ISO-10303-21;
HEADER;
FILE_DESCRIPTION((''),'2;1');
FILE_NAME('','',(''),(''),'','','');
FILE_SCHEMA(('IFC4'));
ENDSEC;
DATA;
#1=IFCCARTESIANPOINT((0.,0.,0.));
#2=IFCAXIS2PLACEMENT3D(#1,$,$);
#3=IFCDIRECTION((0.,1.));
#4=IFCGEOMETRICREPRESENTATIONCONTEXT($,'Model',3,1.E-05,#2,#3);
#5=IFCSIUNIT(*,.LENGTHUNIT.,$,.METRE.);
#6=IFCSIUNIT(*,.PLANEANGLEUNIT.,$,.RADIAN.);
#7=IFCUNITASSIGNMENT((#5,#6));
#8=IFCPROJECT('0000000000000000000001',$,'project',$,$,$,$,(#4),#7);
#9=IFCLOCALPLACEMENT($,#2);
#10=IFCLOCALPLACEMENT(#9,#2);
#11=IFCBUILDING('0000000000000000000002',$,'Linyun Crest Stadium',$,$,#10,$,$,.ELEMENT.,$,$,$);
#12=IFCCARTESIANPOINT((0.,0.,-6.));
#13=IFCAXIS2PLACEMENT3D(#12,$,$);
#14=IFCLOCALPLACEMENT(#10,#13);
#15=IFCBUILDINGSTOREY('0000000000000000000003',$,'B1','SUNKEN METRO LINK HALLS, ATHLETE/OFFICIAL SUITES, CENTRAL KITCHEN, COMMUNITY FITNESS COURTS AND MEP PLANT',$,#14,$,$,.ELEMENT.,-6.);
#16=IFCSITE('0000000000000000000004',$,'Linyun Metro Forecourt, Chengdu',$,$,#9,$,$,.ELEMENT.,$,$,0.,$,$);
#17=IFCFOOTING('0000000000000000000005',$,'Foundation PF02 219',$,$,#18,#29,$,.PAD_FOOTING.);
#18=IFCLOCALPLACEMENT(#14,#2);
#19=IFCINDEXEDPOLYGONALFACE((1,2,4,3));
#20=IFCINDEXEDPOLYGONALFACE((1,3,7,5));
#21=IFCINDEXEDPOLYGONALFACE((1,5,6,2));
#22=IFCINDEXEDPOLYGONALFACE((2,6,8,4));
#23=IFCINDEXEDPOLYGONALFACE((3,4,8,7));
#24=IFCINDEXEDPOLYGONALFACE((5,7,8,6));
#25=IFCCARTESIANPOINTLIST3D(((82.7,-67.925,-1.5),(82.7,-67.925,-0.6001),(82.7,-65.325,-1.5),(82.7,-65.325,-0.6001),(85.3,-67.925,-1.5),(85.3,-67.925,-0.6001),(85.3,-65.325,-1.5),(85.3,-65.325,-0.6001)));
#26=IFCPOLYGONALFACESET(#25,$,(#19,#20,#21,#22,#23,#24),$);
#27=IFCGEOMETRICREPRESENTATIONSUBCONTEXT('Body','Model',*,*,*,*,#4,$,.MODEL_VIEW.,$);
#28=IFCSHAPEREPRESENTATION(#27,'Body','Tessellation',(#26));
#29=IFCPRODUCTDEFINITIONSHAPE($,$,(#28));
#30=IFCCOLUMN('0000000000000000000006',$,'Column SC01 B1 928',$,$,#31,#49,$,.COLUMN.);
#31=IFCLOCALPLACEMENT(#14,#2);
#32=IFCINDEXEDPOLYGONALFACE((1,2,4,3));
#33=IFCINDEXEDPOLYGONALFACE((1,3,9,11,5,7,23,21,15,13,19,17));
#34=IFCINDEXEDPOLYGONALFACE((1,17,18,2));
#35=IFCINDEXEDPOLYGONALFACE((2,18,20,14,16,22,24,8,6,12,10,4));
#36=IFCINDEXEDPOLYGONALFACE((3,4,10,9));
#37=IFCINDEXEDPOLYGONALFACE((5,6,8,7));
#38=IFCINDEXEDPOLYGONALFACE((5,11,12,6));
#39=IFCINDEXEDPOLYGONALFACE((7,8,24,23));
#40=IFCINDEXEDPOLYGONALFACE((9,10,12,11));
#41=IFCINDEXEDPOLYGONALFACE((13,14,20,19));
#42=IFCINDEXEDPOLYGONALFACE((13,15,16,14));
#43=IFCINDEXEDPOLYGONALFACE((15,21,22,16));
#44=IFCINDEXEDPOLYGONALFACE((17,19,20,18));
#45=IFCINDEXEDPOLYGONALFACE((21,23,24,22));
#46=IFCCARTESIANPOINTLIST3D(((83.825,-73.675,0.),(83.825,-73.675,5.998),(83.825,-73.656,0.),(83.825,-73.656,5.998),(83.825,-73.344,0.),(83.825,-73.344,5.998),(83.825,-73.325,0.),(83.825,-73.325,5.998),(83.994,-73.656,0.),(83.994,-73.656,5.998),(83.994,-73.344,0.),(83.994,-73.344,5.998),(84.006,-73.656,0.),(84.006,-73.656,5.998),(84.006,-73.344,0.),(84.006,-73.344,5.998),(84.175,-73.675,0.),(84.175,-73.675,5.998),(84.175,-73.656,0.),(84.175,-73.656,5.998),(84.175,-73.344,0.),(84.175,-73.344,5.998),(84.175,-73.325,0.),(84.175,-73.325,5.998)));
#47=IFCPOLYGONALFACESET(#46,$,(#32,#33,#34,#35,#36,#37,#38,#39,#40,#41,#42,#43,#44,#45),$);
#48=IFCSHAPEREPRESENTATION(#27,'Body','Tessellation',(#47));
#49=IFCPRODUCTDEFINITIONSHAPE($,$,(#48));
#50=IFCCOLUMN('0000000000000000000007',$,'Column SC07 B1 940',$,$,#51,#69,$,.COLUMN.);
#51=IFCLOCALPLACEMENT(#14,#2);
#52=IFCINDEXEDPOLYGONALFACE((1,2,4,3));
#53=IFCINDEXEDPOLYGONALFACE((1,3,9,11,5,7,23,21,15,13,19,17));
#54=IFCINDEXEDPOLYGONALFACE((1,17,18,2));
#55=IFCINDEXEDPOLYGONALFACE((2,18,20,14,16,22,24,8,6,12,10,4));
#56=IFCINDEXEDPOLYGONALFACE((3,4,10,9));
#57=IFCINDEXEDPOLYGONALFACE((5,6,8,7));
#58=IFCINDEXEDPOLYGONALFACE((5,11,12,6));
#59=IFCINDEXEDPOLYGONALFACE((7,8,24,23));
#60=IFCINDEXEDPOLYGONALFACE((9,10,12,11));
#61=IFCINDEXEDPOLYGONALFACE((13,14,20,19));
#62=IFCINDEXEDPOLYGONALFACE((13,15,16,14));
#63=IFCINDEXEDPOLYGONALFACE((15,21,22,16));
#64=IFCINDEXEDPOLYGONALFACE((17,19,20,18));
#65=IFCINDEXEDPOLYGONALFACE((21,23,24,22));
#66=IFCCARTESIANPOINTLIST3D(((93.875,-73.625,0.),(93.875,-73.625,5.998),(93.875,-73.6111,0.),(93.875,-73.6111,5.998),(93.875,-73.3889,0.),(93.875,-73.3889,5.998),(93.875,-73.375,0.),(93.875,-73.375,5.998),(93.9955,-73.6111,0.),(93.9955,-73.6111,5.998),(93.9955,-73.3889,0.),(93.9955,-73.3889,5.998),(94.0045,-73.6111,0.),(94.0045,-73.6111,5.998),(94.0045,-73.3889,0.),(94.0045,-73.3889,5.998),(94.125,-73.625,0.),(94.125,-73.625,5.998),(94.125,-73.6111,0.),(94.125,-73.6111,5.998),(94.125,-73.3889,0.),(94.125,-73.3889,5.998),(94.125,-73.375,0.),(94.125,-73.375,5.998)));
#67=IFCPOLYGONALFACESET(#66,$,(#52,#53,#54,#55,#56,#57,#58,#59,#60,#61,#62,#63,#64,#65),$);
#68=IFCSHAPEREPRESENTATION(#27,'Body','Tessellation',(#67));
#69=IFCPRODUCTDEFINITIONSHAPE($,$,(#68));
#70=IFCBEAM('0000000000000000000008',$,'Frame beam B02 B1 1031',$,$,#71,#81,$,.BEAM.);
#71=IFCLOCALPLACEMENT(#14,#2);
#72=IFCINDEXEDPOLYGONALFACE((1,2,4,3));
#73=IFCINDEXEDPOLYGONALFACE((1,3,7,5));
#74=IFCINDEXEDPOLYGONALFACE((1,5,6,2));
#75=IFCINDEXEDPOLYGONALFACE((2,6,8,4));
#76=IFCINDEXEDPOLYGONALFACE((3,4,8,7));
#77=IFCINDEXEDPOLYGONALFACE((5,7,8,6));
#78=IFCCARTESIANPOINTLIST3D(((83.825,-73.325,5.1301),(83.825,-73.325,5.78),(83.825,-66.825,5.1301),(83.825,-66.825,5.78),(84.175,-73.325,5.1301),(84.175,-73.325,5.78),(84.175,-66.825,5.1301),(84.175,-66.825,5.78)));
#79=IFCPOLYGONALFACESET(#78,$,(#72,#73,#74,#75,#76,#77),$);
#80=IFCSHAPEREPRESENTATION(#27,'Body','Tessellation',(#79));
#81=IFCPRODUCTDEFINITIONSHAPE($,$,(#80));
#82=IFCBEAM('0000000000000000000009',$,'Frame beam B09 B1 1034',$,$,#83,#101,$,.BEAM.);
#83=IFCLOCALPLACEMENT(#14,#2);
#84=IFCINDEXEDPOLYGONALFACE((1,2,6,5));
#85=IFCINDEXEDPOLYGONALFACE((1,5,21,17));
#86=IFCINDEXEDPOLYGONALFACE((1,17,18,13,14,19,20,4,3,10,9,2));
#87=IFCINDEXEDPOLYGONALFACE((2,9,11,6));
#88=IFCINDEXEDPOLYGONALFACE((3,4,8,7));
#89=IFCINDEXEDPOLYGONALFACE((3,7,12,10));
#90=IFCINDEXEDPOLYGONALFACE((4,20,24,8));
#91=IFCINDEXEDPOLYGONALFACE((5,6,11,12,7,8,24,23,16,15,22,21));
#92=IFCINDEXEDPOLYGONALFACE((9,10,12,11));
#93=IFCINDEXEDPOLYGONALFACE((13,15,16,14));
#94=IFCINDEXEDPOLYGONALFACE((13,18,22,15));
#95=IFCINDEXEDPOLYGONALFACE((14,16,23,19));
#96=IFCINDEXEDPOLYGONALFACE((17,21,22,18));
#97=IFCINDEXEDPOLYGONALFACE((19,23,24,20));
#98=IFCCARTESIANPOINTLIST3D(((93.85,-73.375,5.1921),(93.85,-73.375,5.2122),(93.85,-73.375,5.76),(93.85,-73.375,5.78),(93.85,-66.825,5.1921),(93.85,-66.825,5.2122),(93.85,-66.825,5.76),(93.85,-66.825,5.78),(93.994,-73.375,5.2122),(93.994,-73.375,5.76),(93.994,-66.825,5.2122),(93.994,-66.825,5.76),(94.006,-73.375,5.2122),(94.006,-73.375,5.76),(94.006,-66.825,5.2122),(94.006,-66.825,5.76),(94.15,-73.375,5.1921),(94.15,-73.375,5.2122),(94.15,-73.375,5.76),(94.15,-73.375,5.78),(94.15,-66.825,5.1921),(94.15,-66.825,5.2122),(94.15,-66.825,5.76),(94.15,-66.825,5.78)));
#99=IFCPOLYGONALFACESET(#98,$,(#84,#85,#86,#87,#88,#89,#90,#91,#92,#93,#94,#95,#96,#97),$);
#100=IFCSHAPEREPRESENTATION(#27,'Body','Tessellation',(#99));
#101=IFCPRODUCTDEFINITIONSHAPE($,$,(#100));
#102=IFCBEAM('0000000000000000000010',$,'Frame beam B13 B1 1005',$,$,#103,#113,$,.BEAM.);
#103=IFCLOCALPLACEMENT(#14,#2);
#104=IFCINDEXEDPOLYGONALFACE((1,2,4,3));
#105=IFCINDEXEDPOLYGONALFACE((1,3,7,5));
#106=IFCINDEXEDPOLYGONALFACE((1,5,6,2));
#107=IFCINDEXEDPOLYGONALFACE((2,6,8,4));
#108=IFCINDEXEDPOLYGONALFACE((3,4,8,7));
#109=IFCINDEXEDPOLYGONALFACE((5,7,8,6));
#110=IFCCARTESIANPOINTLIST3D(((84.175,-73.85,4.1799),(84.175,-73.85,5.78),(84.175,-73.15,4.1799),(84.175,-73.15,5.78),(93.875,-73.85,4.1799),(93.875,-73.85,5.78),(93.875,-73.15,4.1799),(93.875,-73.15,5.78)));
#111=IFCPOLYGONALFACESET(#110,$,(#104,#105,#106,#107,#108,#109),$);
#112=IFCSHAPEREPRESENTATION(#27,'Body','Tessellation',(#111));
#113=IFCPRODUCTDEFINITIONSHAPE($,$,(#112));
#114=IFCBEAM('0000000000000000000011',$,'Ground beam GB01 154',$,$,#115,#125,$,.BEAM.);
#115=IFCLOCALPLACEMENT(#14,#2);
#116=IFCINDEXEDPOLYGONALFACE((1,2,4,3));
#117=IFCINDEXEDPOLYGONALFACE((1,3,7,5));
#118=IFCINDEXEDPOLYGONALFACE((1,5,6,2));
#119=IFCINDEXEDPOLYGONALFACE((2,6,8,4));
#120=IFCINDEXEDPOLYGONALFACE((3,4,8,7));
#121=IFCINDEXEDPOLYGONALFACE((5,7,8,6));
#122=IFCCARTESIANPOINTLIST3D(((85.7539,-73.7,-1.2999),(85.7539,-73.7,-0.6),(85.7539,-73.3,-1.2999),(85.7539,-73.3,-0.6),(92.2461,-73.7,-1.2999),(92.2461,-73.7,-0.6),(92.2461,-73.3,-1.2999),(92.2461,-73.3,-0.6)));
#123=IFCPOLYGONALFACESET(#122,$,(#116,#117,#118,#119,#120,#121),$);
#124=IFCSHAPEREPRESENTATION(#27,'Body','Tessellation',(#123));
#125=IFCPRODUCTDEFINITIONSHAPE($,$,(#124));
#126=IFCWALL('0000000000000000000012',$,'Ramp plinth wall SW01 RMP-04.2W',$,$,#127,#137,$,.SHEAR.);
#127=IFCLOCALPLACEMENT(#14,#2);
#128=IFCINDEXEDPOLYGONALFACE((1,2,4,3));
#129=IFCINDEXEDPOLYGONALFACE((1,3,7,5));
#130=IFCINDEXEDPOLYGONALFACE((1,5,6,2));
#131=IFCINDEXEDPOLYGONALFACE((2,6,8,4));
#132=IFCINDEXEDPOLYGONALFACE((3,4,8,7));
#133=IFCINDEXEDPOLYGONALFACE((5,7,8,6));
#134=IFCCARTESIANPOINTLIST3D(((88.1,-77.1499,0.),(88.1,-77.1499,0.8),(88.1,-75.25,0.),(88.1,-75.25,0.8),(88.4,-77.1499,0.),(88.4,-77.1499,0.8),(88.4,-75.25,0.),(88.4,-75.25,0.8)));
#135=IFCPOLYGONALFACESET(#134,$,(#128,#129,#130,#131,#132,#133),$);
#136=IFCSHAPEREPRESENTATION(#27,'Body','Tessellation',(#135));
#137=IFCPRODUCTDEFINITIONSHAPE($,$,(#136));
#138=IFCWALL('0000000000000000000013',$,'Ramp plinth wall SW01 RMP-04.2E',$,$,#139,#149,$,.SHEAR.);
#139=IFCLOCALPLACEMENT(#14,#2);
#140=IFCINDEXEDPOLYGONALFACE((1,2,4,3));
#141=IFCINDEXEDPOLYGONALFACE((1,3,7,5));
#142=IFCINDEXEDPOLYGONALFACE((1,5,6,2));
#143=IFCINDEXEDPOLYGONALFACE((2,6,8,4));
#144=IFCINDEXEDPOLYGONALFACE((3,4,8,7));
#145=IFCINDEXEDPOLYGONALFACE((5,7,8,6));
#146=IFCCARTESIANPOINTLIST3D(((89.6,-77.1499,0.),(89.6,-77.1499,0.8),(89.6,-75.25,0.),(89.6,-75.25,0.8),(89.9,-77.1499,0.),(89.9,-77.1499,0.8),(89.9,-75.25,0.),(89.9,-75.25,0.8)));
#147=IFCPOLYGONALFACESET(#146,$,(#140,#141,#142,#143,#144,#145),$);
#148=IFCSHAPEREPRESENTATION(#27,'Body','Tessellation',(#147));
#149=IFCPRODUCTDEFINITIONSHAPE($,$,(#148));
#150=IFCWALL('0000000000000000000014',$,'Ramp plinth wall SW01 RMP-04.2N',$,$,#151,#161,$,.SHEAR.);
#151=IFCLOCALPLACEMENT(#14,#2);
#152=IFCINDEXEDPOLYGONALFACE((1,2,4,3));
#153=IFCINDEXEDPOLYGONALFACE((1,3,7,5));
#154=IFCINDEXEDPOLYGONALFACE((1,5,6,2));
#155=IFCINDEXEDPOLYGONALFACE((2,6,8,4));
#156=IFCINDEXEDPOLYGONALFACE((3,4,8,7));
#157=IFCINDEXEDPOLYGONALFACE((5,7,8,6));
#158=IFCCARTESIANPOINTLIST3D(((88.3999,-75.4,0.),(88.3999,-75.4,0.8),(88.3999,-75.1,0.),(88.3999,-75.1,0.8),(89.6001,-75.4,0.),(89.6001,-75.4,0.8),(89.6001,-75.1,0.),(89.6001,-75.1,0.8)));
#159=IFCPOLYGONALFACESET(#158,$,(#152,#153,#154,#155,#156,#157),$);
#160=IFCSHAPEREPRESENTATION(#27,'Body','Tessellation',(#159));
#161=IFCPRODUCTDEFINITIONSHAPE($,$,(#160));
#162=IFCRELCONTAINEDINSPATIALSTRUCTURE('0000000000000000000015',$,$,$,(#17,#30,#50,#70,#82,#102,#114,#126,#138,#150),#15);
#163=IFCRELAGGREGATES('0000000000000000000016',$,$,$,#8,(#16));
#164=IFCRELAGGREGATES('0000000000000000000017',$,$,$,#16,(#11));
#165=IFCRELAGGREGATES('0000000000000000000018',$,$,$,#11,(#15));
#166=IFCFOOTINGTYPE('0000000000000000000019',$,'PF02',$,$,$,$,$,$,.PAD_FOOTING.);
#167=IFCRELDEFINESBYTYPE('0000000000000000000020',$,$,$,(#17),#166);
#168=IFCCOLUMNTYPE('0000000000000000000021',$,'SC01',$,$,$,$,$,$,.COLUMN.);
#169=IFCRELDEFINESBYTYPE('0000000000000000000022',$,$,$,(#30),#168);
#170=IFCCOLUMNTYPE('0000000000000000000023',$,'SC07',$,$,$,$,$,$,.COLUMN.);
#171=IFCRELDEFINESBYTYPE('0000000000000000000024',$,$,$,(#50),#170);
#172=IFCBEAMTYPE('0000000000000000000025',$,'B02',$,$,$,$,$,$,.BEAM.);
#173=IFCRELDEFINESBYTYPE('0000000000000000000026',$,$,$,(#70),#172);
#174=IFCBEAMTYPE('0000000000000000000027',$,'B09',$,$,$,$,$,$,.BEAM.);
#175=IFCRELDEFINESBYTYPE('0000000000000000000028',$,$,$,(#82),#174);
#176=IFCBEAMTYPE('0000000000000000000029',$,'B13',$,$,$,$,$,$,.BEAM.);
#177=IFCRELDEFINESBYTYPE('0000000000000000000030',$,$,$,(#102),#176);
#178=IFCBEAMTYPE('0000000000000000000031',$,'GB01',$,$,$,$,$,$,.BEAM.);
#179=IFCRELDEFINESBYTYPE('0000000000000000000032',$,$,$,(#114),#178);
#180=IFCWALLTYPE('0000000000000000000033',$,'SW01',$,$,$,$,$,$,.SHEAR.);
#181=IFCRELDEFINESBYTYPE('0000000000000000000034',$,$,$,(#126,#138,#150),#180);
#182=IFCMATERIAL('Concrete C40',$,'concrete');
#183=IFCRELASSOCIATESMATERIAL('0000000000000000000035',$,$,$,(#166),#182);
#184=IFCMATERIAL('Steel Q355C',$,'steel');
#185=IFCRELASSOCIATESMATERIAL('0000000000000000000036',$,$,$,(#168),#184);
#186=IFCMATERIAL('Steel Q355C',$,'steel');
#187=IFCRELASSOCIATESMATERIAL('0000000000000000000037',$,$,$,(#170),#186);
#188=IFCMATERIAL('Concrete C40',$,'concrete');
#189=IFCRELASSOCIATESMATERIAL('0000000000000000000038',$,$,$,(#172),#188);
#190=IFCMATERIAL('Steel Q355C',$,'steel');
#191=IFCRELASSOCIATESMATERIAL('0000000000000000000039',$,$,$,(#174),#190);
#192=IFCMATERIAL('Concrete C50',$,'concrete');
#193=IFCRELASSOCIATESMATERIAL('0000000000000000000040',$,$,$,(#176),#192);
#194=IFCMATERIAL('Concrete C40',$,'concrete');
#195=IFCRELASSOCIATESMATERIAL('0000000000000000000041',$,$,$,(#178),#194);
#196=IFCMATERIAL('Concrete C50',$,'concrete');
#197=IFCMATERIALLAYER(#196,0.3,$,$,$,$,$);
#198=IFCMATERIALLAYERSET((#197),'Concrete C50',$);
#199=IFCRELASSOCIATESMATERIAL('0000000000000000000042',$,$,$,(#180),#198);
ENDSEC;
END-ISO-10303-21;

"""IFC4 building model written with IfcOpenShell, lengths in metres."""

from ifc_helpers import new_model, si_unit, direction, frame, frame_2d, origin, origin_2d, place, context, subcontext, project, spatial, rectangle, i_section, extrude, material, layer, layer_set, material_profile, profile_set, type_object, element, save


model = new_model("IFC4")

# Units and contexts
model_context = context("Model", 3, precision=1e-05, world=origin(), true_north=direction((0.0, 1.0)))
body_context = subcontext(model_context, "Body", "Model", "MODEL_VIEW")
ifc_project = project(units=[si_unit("LENGTHUNIT", "METRE"), si_unit("PLANEANGLEUNIT", "RADIAN")], contexts=[model_context])

# Site, building, storey
site_placement = place(None, origin())
site = spatial("IfcSite", under=ifc_project, at=site_placement, Name="Linyun Metro Forecourt, Chengdu", CompositionType="ELEMENT", RefElevation=0.0)
building_placement = place(site_placement, origin())
building = spatial("IfcBuilding", under=site, at=building_placement, Name="Linyun Crest Stadium", CompositionType="ELEMENT")
storey_placement = place(building_placement, frame((0.0, 0.0, -6.0)))
storey = spatial("IfcBuildingStorey", under=building, at=storey_placement, Name="B1", Description="SUNKEN METRO LINK HALLS, ATHLETE/OFFICIAL SUITES, CENTRAL KITCHEN, COMMUNITY FITNESS COURTS AND MEP PLANT", CompositionType="ELEMENT", Elevation=-6.0)

# Footing
ifc_material_1 = material(Name="Concrete C40", Category="concrete")
footing_type_1 = type_object("IfcFootingType", Name="PF02", PredefinedType="PAD_FOOTING", material=ifc_material_1)
footing_placement = place(storey_placement, frame((84.0, -66.625, -1.5), z_axis=(0.0, 0.0, 1.0), x_axis=(1.0, 0.0, 0.0)))
element("IfcFooting", 1, at=footing_placement, inside=storey, type_object=footing_type_1, Name="Foundation PF02 219", PredefinedType="PAD_FOOTING", context=body_context, shape_type="SweptSolid", body=[
    extrude(rectangle(XDim=2.6001, YDim=2.6001, at=origin_2d()), origin(), (0.0, 0.0, 1.0), 0.8999),
])

# Columns
ifc_material_2 = material(Name="Steel Q355C", Category="steel")
ifc_material_profile_1 = material_profile(ifc_material_2, i_section(OverallWidth=0.3501, OverallDepth=0.3501, WebThickness=0.012, FlangeThickness=0.019, at=origin_2d()), Name="HW 350x350")
ifc_profile_set_1 = profile_set([ifc_material_profile_1], Name="Steel Q355C")
column_type_1 = type_object("IfcColumnType", Name="SC01", PredefinedType="COLUMN", material=ifc_profile_set_1)
column_1_placement = place(storey_placement, frame((84.0, -73.5, 0.0), z_axis=(0.0, 0.0, 1.0), x_axis=(1.0, 0.0, 0.0)))
element("IfcColumn", 2, at=column_1_placement, inside=storey, type_object=column_type_1, Name="Column SC01 B1 928", PredefinedType="COLUMN", context=body_context, shape_type="SweptSolid", body=[
    extrude(i_section(OverallWidth=0.3501, OverallDepth=0.3501, WebThickness=0.012, FlangeThickness=0.019, at=origin_2d()), origin(), (0.0, 0.0, 1.0), 5.998),
])
ifc_material_3 = material(Name="Steel Q355C", Category="steel")
ifc_material_profile_2 = material_profile(ifc_material_3, i_section(OverallWidth=0.25, OverallDepth=0.25, WebThickness=0.009, FlangeThickness=0.0139, at=origin_2d()), Name="HW 250x250")
ifc_profile_set_2 = profile_set([ifc_material_profile_2], Name="Steel Q355C")
column_type_2 = type_object("IfcColumnType", Name="SC07", PredefinedType="COLUMN", material=ifc_profile_set_2)
column_2_placement = place(storey_placement, frame((94.0, -73.5, 0.0), z_axis=(0.0, 0.0, 1.0), x_axis=(1.0, 0.0, 0.0)))
element("IfcColumn", 3, at=column_2_placement, inside=storey, type_object=column_type_2, Name="Column SC07 B1 940", PredefinedType="COLUMN", context=body_context, shape_type="SweptSolid", body=[
    extrude(i_section(OverallWidth=0.25, OverallDepth=0.25, WebThickness=0.009, FlangeThickness=0.0139, at=origin_2d()), origin(), (0.0, 0.0, 1.0), 5.998),
])

# Beams
ifc_material_4 = material(Name="Concrete C40", Category="concrete")
ifc_material_profile_3 = material_profile(ifc_material_4, rectangle(XDim=0.3501, YDim=0.6499, at=origin_2d()), Name="RCB 650x350")
ifc_profile_set_3 = profile_set([ifc_material_profile_3], Name="Concrete C40")
beam_type_1 = type_object("IfcBeamType", Name="B02", PredefinedType="BEAM", material=ifc_profile_set_3)
beam_1_placement = place(storey_placement, frame((84.0, -73.325, 5.4551), z_axis=(0.0, 1.0, 0.0), x_axis=(-1.0, 0.0, 0.0)))
element("IfcBeam", 4, at=beam_1_placement, inside=storey, type_object=beam_type_1, Name="Frame beam B02 B1 1031", PredefinedType="BEAM", context=body_context, shape_type="SweptSolid", body=[
    extrude(rectangle(XDim=0.3501, YDim=0.6499, at=origin_2d()), origin(), (0.0, 0.0, 1.0), 6.5),
])
ifc_material_5 = material(Name="Steel Q355C", Category="steel")
ifc_material_profile_4 = material_profile(ifc_material_5, i_section(OverallWidth=0.3, OverallDepth=0.5879, WebThickness=0.012, FlangeThickness=0.02, at=origin_2d()), Name="HM 588x300")
ifc_profile_set_4 = profile_set([ifc_material_profile_4], Name="Steel Q355C")
beam_type_2 = type_object("IfcBeamType", Name="B09", PredefinedType="BEAM", material=ifc_profile_set_4)
beam_2_placement = place(storey_placement, frame((94.0, -73.375, 5.4861), z_axis=(0.0, 1.0, 0.0), x_axis=(-1.0, 0.0, 0.0)))
element("IfcBeam", 5, at=beam_2_placement, inside=storey, type_object=beam_type_2, Name="Frame beam B09 B1 1034", PredefinedType="BEAM", context=body_context, shape_type="SweptSolid", body=[
    extrude(i_section(OverallWidth=0.3, OverallDepth=0.5879, WebThickness=0.012, FlangeThickness=0.02, at=origin_2d()), origin(), (0.0, 0.0, 1.0), 6.55),
])
ifc_material_6 = material(Name="Concrete C50", Category="concrete")
ifc_material_profile_5 = material_profile(ifc_material_6, rectangle(XDim=0.7, YDim=1.6001, at=origin_2d()), Name="RCB 1600x700")
ifc_profile_set_5 = profile_set([ifc_material_profile_5], Name="Concrete C50")
beam_type_3 = type_object("IfcBeamType", Name="B13", PredefinedType="BEAM", material=ifc_profile_set_5)
beam_3_placement = place(storey_placement, frame((84.175, -73.5, 4.98), z_axis=(1.0, 0.0, 0.0), x_axis=(0.0, 1.0, 0.0)))
element("IfcBeam", 6, at=beam_3_placement, inside=storey, type_object=beam_type_3, Name="Frame beam B13 B1 1005", PredefinedType="BEAM", context=body_context, shape_type="SweptSolid", body=[
    extrude(rectangle(XDim=0.7, YDim=1.6001, at=origin_2d()), origin(), (0.0, 0.0, 1.0), 9.7),
])
ifc_material_7 = material(Name="Concrete C40", Category="concrete")
ifc_material_profile_6 = material_profile(ifc_material_7, rectangle(XDim=0.3999, YDim=0.7, at=origin_2d()), Name="RCB 700x400")
ifc_profile_set_6 = profile_set([ifc_material_profile_6], Name="Concrete C40")
beam_type_4 = type_object("IfcBeamType", Name="GB01", PredefinedType="BEAM", material=ifc_profile_set_6)
beam_4_placement = place(storey_placement, frame((85.7539, -73.5, -0.95), z_axis=(1.0, 0.0, 0.0), x_axis=(0.0, 1.0, 0.0)))
element("IfcBeam", 7, at=beam_4_placement, inside=storey, type_object=beam_type_4, Name="Ground beam GB01 154", PredefinedType="BEAM", context=body_context, shape_type="SweptSolid", body=[
    extrude(rectangle(XDim=0.3999, YDim=0.7, at=origin_2d()), origin(), (0.0, 0.0, 1.0), 6.4922),
])

# Walls
ifc_material_8 = material(Name="Concrete C50", Category="concrete")
ifc_layer = layer(ifc_material_8, 0.3)
ifc_layer_set = layer_set([ifc_layer], Name="Concrete C50")
wall_type = type_object("IfcWallType", Name="SW01", PredefinedType="SHEAR", material=ifc_layer_set)
for number, where, z_axis, x_axis, name in (
    (8, (88.25, -77.1499, 0.0), (0.0, 0.0, 1.0), (0.0, 1.0, 0.0), "Ramp plinth wall SW01 RMP-04.2W"),
    (9, (89.75, -77.1499, 0.0), (0.0, 0.0, 1.0), (0.0, 1.0, 0.0), "Ramp plinth wall SW01 RMP-04.2E"),
):
    element("IfcWall", number, at=place(storey_placement, frame(where, z_axis=z_axis, x_axis=x_axis)), inside=storey, type_object=wall_type, Name=name, PredefinedType="SHEAR", context=body_context, shape_type="SweptSolid", body=[
        extrude(rectangle(XDim=1.8999, YDim=0.3, at=frame_2d((0.95, 0.0))), origin(), (0.0, 0.0, 1.0), 0.8),
    ])
wall_placement = place(storey_placement, frame((88.3999, -75.25, 0.0), z_axis=(0.0, 0.0, 1.0), x_axis=(1.0, 0.0, 0.0)))
element("IfcWall", 10, at=wall_placement, inside=storey, type_object=wall_type, Name="Ramp plinth wall SW01 RMP-04.2N", PredefinedType="SHEAR", context=body_context, shape_type="SweptSolid", body=[
    extrude(rectangle(XDim=1.2002, YDim=0.3, at=frame_2d((0.6001, 0.0))), origin(), (0.0, 0.0, 1.0), 0.8),
])

save(model, "model.ifc")
